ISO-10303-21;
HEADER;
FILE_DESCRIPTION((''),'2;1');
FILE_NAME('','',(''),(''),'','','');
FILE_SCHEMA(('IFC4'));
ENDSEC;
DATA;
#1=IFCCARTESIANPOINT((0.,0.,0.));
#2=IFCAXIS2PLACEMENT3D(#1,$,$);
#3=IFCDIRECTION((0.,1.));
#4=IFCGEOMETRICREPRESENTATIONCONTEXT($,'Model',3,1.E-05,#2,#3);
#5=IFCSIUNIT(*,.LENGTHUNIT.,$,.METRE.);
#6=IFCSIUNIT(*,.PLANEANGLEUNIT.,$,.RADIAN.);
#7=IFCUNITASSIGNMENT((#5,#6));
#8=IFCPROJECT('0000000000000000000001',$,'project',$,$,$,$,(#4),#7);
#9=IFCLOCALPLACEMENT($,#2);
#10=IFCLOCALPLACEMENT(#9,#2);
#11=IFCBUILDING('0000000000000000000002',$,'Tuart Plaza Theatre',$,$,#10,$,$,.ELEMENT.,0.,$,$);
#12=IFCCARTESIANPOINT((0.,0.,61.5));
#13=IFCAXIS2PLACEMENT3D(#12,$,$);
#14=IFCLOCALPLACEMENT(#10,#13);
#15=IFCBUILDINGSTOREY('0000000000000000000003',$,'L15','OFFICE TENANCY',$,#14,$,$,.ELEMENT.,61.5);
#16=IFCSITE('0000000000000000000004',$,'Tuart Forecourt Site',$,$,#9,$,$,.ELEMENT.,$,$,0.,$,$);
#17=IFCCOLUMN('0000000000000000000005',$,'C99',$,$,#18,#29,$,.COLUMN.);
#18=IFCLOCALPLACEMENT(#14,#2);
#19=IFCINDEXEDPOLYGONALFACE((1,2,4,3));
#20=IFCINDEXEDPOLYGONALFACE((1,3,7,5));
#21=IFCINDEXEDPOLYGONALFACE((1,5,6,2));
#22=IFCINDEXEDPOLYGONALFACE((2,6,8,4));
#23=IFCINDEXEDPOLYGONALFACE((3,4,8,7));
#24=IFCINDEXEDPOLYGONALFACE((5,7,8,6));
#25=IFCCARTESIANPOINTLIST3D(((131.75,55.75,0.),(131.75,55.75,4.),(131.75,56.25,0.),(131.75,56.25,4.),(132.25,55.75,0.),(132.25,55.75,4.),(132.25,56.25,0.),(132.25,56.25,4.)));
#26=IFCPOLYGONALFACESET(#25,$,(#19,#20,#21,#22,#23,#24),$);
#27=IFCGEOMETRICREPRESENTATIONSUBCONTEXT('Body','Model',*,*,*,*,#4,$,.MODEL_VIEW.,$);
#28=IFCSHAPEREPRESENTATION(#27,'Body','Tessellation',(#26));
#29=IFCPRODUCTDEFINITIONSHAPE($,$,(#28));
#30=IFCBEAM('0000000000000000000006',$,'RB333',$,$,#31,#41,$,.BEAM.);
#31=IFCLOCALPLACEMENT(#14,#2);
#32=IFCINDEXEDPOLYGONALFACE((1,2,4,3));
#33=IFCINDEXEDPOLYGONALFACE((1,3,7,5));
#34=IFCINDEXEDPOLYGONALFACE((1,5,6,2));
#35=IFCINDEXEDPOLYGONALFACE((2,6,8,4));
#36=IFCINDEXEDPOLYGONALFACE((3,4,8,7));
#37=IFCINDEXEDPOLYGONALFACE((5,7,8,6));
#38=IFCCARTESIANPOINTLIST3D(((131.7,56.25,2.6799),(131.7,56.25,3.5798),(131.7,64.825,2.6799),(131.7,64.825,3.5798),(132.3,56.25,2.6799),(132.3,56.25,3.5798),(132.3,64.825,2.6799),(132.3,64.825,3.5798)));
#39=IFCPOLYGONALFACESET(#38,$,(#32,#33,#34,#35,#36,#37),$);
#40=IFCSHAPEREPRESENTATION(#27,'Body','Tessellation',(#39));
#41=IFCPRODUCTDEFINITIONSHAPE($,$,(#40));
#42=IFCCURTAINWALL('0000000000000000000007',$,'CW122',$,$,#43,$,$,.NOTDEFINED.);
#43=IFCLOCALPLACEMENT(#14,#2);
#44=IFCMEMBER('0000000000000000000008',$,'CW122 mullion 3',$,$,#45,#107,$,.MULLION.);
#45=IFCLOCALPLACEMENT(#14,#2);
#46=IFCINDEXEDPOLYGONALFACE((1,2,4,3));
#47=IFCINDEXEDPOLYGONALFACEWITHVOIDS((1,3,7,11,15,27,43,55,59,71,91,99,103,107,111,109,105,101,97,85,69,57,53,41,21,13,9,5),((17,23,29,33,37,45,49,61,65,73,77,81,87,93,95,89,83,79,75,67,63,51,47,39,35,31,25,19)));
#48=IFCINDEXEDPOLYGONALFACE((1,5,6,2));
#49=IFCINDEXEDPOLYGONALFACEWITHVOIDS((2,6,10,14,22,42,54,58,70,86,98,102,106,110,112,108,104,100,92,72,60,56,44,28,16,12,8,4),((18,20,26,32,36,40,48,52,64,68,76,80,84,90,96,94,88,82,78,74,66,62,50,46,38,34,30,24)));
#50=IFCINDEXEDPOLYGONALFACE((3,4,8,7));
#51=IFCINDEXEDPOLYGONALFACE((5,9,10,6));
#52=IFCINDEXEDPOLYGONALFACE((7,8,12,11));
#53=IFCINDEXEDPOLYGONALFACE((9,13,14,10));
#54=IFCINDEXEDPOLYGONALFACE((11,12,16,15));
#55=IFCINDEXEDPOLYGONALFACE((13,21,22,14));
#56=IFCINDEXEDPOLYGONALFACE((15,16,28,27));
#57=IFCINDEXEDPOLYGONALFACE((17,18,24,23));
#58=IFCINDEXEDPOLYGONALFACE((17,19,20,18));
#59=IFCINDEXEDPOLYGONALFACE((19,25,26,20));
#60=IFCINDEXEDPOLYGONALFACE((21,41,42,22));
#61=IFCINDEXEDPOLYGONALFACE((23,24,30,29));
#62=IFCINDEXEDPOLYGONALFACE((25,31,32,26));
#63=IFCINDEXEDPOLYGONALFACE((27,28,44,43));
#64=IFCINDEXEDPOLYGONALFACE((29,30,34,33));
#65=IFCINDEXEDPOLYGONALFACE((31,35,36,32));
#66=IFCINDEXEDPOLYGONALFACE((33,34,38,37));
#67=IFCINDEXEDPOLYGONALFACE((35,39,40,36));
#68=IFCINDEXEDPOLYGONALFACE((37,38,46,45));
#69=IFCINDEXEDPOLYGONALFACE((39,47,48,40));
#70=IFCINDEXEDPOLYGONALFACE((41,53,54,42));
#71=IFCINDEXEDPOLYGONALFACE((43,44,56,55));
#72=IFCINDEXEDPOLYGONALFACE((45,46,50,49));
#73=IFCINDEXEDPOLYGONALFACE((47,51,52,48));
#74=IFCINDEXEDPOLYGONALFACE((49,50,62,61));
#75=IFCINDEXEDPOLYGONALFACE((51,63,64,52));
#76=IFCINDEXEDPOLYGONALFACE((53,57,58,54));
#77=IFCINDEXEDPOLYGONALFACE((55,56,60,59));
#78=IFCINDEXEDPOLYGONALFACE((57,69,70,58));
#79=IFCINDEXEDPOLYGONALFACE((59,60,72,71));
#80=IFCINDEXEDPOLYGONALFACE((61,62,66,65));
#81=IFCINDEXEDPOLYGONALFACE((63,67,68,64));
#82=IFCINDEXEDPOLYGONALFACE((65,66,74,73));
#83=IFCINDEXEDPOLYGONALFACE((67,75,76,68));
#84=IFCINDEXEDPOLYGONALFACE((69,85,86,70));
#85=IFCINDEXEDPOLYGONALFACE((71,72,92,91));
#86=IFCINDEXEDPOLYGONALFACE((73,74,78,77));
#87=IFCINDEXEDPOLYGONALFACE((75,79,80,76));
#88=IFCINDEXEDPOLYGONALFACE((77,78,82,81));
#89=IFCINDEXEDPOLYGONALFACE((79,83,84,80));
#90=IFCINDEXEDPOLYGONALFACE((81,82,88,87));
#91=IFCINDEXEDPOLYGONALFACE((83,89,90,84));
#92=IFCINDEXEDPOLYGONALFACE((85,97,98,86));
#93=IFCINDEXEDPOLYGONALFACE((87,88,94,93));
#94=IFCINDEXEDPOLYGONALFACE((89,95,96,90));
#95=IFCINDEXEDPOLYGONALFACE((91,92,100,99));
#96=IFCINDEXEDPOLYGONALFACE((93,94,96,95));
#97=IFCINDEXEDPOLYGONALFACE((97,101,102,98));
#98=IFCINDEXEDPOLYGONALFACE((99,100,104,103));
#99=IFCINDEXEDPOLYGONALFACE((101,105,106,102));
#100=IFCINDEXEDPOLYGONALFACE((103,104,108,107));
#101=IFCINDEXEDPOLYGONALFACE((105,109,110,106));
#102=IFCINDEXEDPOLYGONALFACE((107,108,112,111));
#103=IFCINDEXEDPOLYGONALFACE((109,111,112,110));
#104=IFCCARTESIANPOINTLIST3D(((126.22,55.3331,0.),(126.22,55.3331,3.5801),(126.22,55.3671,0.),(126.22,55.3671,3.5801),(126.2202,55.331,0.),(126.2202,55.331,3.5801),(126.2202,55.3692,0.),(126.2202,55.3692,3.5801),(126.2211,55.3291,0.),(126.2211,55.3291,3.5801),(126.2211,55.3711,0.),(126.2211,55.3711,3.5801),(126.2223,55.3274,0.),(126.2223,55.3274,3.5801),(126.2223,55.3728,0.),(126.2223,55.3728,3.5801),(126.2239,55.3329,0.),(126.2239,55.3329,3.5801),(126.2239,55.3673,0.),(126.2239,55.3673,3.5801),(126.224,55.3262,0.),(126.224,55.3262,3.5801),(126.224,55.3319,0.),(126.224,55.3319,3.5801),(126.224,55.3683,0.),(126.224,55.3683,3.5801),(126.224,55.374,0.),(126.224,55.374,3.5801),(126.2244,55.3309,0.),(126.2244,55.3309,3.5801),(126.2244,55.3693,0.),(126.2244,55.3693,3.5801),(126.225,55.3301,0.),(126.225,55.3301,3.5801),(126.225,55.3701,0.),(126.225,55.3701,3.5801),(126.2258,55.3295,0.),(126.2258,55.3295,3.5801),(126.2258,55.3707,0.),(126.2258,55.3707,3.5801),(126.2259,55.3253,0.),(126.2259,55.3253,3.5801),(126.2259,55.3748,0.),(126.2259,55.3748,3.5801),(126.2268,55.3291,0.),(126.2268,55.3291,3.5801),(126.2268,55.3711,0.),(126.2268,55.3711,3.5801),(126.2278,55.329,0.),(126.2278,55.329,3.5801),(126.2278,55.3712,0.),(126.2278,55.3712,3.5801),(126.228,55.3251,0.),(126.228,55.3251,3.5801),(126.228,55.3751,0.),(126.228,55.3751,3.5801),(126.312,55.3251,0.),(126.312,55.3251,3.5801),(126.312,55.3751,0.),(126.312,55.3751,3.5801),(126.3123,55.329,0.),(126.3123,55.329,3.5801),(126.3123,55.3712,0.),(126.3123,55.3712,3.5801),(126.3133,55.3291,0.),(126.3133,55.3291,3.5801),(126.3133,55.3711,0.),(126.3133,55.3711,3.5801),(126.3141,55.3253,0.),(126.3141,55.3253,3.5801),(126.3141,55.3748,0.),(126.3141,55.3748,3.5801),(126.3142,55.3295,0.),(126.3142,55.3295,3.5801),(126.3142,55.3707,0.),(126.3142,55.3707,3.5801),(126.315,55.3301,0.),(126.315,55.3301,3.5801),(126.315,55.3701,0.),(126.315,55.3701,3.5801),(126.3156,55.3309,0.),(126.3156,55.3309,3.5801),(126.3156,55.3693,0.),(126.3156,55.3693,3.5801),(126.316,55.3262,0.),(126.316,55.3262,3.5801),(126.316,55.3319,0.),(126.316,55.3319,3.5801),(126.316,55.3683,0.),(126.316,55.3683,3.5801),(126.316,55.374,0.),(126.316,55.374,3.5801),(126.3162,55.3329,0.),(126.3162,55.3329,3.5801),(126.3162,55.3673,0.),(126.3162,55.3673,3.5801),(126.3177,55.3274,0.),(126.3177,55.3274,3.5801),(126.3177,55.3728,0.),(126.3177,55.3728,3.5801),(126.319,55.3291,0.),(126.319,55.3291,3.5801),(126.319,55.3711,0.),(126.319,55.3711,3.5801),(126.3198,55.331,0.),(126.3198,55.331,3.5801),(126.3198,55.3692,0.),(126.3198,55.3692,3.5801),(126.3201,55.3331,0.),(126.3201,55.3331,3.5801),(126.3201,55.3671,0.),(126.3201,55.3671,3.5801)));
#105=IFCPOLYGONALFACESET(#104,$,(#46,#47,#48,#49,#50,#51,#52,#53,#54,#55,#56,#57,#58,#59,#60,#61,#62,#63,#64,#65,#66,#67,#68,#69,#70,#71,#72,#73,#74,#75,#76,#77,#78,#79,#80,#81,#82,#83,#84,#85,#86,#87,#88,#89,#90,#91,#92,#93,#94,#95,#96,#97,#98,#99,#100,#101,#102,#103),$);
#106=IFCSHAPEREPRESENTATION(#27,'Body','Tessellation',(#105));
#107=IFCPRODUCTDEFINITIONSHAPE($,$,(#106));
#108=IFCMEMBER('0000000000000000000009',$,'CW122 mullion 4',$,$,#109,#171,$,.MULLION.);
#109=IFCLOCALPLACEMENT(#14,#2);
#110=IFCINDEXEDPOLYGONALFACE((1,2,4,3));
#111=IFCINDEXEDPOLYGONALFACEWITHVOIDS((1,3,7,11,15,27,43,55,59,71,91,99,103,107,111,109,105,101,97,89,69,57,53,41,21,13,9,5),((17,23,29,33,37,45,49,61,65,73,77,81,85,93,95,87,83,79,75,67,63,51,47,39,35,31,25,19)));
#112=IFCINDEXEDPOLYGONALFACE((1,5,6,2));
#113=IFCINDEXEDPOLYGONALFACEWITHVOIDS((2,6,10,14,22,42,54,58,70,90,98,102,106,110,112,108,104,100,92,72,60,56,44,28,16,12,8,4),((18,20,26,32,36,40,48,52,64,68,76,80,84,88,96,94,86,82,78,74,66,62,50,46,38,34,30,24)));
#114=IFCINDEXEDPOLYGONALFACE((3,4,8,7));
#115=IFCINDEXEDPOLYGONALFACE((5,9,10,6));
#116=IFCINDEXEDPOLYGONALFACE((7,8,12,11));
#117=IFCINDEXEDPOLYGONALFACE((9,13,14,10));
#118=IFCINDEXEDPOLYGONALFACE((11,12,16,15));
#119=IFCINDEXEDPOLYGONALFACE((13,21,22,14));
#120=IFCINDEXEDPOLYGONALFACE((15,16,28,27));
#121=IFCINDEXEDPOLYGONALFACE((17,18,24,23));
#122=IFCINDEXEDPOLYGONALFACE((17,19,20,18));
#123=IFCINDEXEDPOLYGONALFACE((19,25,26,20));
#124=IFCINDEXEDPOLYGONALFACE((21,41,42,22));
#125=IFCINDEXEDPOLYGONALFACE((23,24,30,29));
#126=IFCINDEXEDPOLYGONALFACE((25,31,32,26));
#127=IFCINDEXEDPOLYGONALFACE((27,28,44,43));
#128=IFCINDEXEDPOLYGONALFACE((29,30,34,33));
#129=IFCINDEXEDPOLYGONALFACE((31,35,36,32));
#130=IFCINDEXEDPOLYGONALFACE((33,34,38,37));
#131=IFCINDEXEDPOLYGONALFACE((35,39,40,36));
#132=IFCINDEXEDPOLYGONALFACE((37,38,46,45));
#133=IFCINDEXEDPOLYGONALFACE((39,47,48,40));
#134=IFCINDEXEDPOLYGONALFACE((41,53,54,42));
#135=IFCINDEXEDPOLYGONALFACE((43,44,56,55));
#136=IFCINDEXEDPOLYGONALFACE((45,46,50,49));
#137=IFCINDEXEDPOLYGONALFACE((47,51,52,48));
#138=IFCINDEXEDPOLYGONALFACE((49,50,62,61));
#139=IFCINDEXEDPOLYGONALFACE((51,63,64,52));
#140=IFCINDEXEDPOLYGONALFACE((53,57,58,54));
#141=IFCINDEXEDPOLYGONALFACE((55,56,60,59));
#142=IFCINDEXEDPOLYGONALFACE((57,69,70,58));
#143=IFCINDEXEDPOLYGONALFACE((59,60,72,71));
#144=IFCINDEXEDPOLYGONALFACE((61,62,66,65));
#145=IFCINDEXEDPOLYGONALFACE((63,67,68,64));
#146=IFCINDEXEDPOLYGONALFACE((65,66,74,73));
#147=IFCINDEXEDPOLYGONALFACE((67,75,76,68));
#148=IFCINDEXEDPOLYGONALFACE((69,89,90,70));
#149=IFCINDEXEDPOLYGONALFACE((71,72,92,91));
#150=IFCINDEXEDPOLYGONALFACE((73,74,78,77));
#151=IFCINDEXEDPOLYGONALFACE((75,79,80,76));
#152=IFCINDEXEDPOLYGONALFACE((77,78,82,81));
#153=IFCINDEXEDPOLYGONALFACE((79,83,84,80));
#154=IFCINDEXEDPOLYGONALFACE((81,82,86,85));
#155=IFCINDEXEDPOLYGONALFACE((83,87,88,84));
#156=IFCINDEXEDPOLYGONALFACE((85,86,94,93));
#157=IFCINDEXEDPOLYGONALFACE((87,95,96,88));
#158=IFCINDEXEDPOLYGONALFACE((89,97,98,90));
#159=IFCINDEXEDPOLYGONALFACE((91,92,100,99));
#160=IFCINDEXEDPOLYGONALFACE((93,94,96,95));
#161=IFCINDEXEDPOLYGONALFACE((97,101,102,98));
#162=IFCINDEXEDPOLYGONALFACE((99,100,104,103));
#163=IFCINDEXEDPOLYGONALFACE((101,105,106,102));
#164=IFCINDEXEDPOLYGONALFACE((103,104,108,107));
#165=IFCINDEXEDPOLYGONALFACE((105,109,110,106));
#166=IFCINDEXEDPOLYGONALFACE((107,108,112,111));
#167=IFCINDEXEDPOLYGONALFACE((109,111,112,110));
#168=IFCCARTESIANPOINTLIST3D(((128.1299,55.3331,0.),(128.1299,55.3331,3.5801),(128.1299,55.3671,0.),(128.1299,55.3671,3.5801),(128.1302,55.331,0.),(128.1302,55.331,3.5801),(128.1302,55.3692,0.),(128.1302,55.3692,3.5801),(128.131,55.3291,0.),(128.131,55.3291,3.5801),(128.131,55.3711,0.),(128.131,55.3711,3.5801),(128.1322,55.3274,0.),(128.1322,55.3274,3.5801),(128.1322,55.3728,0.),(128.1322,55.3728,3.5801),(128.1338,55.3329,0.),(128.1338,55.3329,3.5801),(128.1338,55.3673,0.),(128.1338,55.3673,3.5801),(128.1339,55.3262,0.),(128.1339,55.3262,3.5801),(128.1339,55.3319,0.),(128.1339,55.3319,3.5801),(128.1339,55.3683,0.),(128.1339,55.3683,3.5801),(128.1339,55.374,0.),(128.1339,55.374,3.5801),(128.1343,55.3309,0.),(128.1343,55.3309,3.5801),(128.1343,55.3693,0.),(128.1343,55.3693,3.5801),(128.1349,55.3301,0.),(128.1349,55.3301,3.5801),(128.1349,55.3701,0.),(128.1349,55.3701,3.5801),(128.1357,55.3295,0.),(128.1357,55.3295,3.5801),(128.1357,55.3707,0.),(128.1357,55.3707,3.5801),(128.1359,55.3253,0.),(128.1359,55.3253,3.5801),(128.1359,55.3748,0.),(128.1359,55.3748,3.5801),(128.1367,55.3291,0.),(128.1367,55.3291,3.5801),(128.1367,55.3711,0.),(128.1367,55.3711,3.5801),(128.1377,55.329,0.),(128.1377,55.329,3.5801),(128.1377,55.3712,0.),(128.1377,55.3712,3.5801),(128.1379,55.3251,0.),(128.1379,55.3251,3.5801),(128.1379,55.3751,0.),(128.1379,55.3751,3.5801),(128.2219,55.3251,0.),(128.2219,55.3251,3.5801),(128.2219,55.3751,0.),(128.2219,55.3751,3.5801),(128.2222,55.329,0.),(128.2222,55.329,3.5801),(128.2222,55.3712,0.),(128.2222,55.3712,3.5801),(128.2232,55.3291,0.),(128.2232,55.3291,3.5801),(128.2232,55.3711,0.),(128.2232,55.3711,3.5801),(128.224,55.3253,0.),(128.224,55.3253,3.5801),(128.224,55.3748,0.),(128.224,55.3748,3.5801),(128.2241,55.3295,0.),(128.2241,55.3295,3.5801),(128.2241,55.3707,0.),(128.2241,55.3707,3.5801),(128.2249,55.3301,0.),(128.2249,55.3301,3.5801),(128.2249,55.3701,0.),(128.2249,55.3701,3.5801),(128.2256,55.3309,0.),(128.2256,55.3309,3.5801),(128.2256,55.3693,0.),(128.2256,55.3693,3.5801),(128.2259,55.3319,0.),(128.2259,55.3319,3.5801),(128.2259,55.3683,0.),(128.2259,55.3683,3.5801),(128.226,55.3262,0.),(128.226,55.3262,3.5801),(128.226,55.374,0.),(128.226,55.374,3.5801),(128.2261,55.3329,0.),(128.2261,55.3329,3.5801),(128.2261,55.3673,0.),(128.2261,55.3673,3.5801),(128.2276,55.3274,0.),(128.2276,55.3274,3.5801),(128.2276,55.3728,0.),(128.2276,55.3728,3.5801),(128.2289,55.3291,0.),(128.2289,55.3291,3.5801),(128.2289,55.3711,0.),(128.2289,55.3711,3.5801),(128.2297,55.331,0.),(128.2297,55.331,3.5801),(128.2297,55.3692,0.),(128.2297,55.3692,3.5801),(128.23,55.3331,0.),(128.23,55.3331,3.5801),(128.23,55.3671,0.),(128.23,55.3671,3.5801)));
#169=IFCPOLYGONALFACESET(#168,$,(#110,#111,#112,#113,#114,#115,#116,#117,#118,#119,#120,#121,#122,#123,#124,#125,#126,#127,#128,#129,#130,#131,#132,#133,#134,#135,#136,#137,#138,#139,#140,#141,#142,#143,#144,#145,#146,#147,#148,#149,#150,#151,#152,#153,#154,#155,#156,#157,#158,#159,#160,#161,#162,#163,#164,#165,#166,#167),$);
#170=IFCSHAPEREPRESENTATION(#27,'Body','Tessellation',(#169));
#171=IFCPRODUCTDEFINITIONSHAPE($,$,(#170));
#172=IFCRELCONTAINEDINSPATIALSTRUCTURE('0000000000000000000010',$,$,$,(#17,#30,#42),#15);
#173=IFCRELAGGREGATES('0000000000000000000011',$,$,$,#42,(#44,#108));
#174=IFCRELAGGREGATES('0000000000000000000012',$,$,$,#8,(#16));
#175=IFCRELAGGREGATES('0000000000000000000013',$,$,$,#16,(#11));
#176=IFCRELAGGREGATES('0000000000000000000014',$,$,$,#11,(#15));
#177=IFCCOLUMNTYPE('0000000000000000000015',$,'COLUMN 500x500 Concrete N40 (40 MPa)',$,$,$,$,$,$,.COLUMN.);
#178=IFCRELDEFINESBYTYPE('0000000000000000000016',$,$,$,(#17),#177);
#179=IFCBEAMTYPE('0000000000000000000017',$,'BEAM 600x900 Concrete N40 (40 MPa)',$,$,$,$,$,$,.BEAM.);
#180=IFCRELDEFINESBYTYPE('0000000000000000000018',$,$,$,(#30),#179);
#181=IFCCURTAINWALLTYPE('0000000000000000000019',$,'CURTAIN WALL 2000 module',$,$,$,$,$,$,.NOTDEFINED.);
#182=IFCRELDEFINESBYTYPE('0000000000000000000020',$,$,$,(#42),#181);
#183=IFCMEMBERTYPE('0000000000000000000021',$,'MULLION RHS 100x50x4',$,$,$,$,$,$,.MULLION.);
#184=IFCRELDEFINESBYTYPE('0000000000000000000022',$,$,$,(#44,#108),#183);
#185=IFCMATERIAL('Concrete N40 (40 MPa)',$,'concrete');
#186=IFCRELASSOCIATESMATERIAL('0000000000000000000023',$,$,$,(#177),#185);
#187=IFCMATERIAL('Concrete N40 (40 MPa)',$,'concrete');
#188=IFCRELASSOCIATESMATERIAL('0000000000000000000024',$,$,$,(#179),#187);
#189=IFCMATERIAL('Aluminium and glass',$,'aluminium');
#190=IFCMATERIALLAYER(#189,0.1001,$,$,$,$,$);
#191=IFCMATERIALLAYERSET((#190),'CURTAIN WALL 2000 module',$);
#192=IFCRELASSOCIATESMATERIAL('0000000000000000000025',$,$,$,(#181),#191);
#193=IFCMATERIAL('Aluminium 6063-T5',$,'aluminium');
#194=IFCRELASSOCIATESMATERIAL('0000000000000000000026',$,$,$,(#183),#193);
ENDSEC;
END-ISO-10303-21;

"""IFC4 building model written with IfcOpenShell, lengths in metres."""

from ifc_helpers import new_model, si_unit, direction, frame, origin, origin_2d, place, context, subcontext, project, spatial, rectangle, hollow_rectangle, extrude, material, layer, layer_set, material_profile, profile_set, type_object, element, aggregate, save


model = new_model("IFC4")

# Units and contexts
model_context = context("Model", 3, precision=1e-05, world=origin(), true_north=direction((0.0, 1.0)))
body_context = subcontext(model_context, "Body", "Model", "MODEL_VIEW")
ifc_project = project(units=[si_unit("LENGTHUNIT", "METRE"), si_unit("PLANEANGLEUNIT", "RADIAN")], contexts=[model_context])

# Site, building, storey
site_placement = place(None, origin())
site = spatial("IfcSite", under=ifc_project, at=site_placement, Name="Tuart Forecourt Site", CompositionType="ELEMENT", RefElevation=0.0)
building_placement = place(site_placement, origin())
building = spatial("IfcBuilding", under=site, at=building_placement, Name="Tuart Plaza Theatre", CompositionType="ELEMENT", ElevationOfRefHeight=0.0)
storey_placement = place(building_placement, frame((0.0, 0.0, 61.5)))
storey = spatial("IfcBuildingStorey", under=building, at=storey_placement, Name="L15", Description="OFFICE TENANCY", CompositionType="ELEMENT", Elevation=61.5)

# Column
ifc_material_1 = material(Name="Concrete N40 (40 MPa)", Category="concrete")
ifc_material_profile_1 = material_profile(ifc_material_1, rectangle(XDim=0.5, YDim=0.5, at=origin_2d()), Name="COLUMN 500x500 Concrete N40 (40 MPa)")
ifc_profile_set_1 = profile_set([ifc_material_profile_1], Name="Concrete N40 (40 MPa)")
column_type = type_object("IfcColumnType", Name="COLUMN 500x500 Concrete N40 (40 MPa)", PredefinedType="COLUMN", material=ifc_profile_set_1)
column_placement = place(storey_placement, frame((132.0, 56.0, 0.0), z_axis=(0.0, 0.0, 1.0), x_axis=(1.0, 0.0, 0.0)))
element("IfcColumn", 1, at=column_placement, inside=storey, type_object=column_type, Name="C99", PredefinedType="COLUMN", context=body_context, shape_type="SweptSolid", body=[
    extrude(rectangle(XDim=0.5, YDim=0.5, at=origin_2d()), origin(), (0.0, 0.0, 1.0), 4.0),
])

# Beam
ifc_material_2 = material(Name="Concrete N40 (40 MPa)", Category="concrete")
ifc_material_profile_2 = material_profile(ifc_material_2, rectangle(XDim=0.6001, YDim=0.8999, at=origin_2d()), Name="BEAM 600x900 Concrete N40 (40 MPa)")
ifc_profile_set_2 = profile_set([ifc_material_profile_2], Name="Concrete N40 (40 MPa)")
beam_type = type_object("IfcBeamType", Name="BEAM 600x900 Concrete N40 (40 MPa)", PredefinedType="BEAM", material=ifc_profile_set_2)
beam_placement = place(storey_placement, frame((132.0, 56.25, 3.1299), z_axis=(0.0, 1.0, 0.0), x_axis=(-1.0, 0.0, 0.0)))
element("IfcBeam", 2, at=beam_placement, inside=storey, type_object=beam_type, Name="RB333", PredefinedType="BEAM", context=body_context, shape_type="SweptSolid", body=[
    extrude(rectangle(XDim=0.6001, YDim=0.8999, at=origin_2d()), origin(), (0.0, 0.0, 1.0), 8.575),
])

# Curtain wall, members
ifc_material_3 = material(Name="Aluminium and glass", Category="aluminium")
ifc_layer_1 = layer(ifc_material_3, 0.1001)
ifc_layer_set_1 = layer_set([ifc_layer_1], Name="CURTAIN WALL 2000 module")
curtain_wall_type = type_object("IfcCurtainWallType", Name="CURTAIN WALL 2000 module", PredefinedType="NOTDEFINED", material=ifc_layer_set_1)
curtain_wall_placement = place(storey_placement, origin())
curtain_wall = element("IfcCurtainWall", 3, at=curtain_wall_placement, inside=storey, type_object=curtain_wall_type, Name="CW122", PredefinedType="NOTDEFINED")
ifc_material_4 = material(Name="Aluminium 6063-T5", Category="aluminium")
ifc_material_profile_3 = material_profile(ifc_material_4, hollow_rectangle(XDim=0.05, YDim=0.1001, WallThickness=0.0039, InnerFilletRadius=0.0039, OuterFilletRadius=0.0081, at=origin_2d()), Name="RHS 100x50x4")
ifc_profile_set_3 = profile_set([ifc_material_profile_3], Name="Aluminium 6063-T5")
member_type_1 = type_object("IfcMemberType", Name="MULLION RHS 100x50x4", PredefinedType="MULLION", material=ifc_profile_set_3)
member_1_placement = place(storey_placement, frame((126.27, 55.3501, 0.0), z_axis=(0.0, 0.0, 1.0), x_axis=(0.0, 1.0, 0.0)))
member_1 = element("IfcMember", 4, at=member_1_placement, type_object=member_type_1, Name="CW122 mullion 3", PredefinedType="MULLION", context=body_context, shape_type="SweptSolid", body=[
    extrude(hollow_rectangle(XDim=0.05, YDim=0.1001, WallThickness=0.0039, InnerFilletRadius=0.0039, OuterFilletRadius=0.0081, at=origin_2d()), origin(), (0.0, 0.0, 1.0), 3.5801),
])
member_2_placement = place(storey_placement, frame((128.1799, 55.3501, 0.0), z_axis=(0.0, 0.0, 1.0), x_axis=(0.0, 1.0, 0.0)))
member_2 = element("IfcMember", 5, at=member_2_placement, type_object=member_type_1, Name="CW122 mullion 4", PredefinedType="MULLION", context=body_context, shape_type="SweptSolid", body=[
    extrude(hollow_rectangle(XDim=0.05, YDim=0.1001, WallThickness=0.0039, InnerFilletRadius=0.0039, OuterFilletRadius=0.0081, at=origin_2d()), origin(), (0.0, 0.0, 1.0), 3.5801),
])
aggregate(curtain_wall, [member_1, member_2])

save(model, "model.ifc")
